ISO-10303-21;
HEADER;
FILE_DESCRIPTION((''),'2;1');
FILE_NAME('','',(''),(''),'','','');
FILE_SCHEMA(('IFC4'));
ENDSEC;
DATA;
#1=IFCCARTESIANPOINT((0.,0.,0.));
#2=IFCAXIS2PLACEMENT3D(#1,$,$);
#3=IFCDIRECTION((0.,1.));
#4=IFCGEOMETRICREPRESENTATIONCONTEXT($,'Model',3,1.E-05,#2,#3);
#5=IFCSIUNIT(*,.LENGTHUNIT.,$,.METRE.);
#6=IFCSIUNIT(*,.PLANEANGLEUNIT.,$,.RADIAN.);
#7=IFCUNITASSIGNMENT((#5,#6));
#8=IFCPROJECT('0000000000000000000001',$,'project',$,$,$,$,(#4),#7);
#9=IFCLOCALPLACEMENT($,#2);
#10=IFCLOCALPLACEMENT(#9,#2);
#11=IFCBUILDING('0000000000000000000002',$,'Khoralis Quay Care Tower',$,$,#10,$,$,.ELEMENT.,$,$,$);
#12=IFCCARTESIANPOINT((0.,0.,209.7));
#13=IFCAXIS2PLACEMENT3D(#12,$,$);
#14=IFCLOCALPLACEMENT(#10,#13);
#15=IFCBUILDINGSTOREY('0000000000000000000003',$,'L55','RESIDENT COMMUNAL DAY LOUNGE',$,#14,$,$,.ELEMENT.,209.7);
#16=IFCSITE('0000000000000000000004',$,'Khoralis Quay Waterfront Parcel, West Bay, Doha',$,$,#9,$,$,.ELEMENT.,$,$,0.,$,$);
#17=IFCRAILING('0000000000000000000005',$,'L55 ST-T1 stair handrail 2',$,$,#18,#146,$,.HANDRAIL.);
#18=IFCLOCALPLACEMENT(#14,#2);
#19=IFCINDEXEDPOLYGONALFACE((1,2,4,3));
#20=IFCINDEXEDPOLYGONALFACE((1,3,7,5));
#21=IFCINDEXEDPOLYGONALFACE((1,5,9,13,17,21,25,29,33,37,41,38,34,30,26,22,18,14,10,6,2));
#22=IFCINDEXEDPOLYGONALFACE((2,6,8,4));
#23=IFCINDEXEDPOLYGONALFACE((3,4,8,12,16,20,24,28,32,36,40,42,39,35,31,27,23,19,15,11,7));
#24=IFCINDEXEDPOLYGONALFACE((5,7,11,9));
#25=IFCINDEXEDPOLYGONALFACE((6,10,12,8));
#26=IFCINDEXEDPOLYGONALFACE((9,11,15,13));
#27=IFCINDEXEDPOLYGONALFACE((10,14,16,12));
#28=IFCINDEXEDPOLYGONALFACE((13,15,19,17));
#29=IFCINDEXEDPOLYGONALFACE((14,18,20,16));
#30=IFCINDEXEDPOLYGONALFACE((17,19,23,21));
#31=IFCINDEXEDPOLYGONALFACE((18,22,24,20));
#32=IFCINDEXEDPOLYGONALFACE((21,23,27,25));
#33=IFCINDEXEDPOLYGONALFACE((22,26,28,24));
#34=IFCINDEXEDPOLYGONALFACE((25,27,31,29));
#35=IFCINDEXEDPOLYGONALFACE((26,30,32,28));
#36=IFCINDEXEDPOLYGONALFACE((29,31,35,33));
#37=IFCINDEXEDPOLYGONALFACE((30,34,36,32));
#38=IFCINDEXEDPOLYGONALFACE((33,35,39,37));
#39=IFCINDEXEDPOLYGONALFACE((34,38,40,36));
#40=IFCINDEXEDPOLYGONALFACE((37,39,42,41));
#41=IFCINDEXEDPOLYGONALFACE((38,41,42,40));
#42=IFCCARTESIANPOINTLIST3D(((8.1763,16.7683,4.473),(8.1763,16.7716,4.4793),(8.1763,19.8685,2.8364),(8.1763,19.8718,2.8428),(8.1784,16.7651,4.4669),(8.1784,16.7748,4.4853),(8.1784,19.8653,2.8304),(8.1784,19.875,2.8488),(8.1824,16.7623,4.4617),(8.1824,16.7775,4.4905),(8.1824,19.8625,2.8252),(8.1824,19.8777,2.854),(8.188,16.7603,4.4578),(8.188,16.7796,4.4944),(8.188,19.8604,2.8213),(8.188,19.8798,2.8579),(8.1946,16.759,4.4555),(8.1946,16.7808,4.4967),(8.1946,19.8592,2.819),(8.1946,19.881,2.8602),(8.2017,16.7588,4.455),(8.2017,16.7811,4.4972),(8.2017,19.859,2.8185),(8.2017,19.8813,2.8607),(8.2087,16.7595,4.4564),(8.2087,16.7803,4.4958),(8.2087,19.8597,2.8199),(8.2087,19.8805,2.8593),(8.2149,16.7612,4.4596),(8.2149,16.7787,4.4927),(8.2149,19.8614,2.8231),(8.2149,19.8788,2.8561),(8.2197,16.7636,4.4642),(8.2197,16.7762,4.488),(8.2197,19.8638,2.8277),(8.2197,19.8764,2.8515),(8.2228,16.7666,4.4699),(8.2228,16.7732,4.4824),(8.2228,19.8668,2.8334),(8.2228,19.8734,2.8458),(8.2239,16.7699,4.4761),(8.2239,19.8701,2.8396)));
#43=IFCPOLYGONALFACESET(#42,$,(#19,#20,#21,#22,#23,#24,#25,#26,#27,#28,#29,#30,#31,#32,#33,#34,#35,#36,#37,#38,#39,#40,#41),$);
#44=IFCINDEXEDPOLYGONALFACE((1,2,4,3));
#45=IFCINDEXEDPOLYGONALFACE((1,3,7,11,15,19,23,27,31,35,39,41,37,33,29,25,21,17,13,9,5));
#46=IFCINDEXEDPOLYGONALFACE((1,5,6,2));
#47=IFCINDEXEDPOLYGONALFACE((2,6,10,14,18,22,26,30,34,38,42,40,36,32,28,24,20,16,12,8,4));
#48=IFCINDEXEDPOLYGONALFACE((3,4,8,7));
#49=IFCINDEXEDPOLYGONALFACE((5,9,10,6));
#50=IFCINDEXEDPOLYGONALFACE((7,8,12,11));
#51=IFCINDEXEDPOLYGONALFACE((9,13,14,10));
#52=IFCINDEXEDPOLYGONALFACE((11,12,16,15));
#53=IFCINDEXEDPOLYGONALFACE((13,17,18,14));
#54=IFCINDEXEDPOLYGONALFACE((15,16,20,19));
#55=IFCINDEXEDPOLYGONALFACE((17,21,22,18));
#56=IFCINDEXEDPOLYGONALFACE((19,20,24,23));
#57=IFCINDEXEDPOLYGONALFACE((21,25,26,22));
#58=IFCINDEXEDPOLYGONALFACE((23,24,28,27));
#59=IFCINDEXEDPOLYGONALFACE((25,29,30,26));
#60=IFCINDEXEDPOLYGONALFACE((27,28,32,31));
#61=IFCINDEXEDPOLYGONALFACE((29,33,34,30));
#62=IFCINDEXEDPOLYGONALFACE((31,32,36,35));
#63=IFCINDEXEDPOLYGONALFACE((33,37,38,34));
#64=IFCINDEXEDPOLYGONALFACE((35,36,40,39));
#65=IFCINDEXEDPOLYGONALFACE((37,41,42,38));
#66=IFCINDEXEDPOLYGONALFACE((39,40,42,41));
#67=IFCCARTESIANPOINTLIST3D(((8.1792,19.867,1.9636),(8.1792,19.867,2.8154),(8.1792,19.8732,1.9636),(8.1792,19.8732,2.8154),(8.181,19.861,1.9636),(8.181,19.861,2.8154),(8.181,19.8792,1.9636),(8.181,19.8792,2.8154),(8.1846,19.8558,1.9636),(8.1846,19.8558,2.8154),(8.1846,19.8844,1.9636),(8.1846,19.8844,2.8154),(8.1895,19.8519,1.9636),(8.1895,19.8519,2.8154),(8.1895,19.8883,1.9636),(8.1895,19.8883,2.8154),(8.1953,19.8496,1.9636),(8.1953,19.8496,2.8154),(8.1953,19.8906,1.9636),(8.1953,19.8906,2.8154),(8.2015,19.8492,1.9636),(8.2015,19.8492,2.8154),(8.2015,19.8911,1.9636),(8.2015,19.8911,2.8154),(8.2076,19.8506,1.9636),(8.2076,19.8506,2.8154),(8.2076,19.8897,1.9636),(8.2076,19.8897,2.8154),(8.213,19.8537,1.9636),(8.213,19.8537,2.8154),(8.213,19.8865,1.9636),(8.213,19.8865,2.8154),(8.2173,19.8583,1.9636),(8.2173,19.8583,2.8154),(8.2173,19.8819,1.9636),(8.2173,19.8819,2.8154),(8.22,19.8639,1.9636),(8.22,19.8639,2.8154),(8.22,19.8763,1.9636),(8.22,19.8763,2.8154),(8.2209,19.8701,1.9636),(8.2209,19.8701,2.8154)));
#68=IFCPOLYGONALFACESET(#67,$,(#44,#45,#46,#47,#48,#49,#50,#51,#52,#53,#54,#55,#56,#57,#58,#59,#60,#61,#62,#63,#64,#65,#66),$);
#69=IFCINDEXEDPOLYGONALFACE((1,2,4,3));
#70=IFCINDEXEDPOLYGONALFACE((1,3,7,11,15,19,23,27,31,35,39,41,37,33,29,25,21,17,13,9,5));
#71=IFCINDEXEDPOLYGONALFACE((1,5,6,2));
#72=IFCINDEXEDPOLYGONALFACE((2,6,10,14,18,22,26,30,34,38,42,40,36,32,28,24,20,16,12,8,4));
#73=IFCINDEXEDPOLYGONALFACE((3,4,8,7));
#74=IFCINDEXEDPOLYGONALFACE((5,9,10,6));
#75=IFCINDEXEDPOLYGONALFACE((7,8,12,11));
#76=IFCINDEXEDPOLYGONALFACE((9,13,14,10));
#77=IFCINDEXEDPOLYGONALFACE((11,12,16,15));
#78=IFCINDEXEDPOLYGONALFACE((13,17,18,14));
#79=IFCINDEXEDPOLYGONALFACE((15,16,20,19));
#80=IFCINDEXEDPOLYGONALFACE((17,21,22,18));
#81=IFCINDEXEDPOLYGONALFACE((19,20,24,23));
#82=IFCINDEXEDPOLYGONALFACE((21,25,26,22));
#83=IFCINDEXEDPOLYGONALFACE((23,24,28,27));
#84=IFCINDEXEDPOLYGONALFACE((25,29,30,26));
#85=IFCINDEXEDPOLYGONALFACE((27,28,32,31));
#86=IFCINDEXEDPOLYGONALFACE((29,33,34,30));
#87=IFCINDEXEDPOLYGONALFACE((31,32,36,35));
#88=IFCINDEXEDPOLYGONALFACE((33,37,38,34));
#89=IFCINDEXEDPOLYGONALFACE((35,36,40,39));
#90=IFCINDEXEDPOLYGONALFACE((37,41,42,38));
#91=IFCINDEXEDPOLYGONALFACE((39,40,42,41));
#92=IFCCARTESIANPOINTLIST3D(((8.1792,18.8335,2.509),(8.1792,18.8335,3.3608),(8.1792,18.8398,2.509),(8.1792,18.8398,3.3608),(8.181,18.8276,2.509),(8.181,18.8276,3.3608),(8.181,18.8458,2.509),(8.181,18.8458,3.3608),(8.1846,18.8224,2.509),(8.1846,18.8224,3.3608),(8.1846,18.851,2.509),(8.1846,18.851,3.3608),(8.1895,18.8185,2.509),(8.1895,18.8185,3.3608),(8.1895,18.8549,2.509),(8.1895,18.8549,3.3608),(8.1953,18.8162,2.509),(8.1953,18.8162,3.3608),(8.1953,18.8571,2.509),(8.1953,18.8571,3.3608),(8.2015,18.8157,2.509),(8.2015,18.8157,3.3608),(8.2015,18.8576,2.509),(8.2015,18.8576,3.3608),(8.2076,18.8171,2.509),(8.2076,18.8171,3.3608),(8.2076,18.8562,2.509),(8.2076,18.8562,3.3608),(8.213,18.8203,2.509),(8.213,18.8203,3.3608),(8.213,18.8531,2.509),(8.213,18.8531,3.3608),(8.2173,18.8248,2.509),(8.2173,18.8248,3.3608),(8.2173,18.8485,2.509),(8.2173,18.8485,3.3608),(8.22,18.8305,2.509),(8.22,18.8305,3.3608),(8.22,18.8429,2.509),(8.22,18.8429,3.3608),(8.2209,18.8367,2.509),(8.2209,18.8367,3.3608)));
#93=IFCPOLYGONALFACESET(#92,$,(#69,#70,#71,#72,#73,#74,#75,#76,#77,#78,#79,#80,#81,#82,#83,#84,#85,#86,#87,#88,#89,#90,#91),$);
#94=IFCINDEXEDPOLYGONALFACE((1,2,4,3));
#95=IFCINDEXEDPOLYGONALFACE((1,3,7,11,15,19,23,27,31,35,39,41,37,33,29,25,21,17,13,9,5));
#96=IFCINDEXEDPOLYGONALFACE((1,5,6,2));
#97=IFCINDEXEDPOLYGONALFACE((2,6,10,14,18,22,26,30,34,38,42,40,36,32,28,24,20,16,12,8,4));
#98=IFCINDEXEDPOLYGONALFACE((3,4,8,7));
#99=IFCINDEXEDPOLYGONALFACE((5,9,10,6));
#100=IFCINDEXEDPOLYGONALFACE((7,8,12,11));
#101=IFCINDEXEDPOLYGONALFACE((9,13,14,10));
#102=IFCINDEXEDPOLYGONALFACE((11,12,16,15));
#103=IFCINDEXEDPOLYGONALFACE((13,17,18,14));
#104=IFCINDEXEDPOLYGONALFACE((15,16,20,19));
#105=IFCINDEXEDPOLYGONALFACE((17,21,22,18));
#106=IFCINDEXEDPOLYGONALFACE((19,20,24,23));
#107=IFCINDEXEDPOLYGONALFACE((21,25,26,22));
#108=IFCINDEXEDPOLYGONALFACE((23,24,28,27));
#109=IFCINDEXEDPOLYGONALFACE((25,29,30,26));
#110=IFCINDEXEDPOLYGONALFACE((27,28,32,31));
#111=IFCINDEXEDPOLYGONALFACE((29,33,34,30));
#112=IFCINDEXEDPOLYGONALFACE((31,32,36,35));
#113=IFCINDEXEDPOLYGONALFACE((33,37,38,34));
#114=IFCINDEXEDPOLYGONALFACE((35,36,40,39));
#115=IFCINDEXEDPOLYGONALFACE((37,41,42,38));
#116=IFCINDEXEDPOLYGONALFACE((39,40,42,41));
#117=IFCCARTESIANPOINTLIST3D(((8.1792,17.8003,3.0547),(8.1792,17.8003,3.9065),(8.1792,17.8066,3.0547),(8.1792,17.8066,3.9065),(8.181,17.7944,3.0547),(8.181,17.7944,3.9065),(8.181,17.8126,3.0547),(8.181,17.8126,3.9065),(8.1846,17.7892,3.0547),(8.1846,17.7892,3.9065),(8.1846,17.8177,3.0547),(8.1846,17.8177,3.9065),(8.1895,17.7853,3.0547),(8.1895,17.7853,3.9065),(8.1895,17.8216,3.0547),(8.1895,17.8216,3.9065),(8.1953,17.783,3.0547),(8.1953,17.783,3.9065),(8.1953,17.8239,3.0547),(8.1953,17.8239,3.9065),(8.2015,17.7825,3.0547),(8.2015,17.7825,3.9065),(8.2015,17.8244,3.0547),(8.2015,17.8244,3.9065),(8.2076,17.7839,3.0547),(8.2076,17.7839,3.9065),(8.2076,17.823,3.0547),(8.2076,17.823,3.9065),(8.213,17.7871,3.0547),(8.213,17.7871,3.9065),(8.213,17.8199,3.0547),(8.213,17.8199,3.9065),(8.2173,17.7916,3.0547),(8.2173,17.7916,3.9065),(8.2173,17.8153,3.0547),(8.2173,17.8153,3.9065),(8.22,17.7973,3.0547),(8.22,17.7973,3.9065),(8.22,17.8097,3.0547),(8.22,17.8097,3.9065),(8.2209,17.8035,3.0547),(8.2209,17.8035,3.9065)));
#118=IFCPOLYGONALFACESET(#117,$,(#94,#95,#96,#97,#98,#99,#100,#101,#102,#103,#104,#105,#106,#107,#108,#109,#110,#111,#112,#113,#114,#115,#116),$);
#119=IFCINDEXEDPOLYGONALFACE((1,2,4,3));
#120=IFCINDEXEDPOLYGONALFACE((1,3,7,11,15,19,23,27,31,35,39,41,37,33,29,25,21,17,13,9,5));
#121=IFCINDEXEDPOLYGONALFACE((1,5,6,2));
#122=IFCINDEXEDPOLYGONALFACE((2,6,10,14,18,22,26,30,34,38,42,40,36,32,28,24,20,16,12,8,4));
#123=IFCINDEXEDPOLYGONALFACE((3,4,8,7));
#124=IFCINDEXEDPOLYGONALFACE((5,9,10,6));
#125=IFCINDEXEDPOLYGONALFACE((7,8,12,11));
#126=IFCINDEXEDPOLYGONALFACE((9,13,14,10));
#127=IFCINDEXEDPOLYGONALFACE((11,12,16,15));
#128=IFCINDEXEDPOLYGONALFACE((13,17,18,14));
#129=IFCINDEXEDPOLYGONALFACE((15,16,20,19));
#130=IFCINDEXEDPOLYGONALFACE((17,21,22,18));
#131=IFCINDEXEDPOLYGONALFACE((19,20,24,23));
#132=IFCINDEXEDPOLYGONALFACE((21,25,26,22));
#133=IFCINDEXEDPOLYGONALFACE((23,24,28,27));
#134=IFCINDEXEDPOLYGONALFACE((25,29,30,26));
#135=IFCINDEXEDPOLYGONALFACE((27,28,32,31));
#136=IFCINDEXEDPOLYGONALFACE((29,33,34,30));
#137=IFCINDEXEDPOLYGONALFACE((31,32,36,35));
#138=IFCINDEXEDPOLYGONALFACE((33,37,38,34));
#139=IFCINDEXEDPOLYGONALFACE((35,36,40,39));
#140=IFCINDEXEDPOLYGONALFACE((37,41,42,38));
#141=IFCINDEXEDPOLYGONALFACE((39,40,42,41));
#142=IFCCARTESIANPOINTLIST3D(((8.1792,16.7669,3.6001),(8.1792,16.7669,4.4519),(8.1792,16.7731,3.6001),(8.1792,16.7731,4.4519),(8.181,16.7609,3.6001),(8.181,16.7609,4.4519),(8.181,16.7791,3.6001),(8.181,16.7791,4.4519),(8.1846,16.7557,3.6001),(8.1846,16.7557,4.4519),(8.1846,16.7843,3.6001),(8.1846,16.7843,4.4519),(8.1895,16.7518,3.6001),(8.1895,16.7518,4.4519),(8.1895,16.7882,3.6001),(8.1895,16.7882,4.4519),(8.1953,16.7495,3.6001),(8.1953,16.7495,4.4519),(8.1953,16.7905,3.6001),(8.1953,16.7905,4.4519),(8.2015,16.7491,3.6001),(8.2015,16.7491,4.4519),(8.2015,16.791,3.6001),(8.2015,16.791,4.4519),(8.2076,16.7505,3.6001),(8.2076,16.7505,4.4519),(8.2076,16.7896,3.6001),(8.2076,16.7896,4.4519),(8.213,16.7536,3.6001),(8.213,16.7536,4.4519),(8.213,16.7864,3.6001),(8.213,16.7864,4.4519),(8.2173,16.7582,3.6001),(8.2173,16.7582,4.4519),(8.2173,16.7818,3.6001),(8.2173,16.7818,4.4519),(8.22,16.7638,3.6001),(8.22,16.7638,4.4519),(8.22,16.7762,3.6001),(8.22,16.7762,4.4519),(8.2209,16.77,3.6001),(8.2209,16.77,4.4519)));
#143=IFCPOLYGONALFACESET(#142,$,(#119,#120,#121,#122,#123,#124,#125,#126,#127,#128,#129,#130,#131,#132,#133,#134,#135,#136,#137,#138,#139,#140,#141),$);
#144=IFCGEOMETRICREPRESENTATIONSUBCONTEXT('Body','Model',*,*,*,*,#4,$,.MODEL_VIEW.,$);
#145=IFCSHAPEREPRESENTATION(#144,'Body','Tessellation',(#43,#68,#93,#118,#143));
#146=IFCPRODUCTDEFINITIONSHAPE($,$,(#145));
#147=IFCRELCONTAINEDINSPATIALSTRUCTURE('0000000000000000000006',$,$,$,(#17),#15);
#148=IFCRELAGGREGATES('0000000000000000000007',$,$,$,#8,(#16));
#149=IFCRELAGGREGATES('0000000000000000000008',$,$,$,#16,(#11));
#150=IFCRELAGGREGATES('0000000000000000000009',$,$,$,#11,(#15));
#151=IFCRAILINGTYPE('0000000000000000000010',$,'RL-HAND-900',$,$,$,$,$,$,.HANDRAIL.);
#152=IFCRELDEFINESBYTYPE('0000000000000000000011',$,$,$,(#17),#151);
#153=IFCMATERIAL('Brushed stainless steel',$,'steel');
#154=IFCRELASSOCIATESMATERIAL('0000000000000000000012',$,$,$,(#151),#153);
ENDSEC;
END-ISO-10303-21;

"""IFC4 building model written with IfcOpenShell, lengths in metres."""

from ifc_helpers import new_model, si_unit, direction, frame, origin, origin_2d, place, context, subcontext, project, spatial, circle, extrude, material, type_object, element, save


model = new_model("IFC4")

# Units and contexts
model_context = context("Model", 3, precision=1e-05, world=origin(), true_north=direction((0.0, 1.0)))
body_context = subcontext(model_context, "Body", "Model", "MODEL_VIEW")
ifc_project = project(units=[si_unit("LENGTHUNIT", "METRE"), si_unit("PLANEANGLEUNIT", "RADIAN")], contexts=[model_context])

# Site, building, storey
site_placement = place(None, origin())
site = spatial("IfcSite", under=ifc_project, at=site_placement, Name="Khoralis Quay Waterfront Parcel, West Bay, Doha", CompositionType="ELEMENT", RefElevation=0.0)
building_placement = place(site_placement, origin())
building = spatial("IfcBuilding", under=site, at=building_placement, Name="Khoralis Quay Care Tower", CompositionType="ELEMENT")
storey_placement = place(building_placement, frame((0.0, 0.0, 209.7)))
storey = spatial("IfcBuildingStorey", under=building, at=storey_placement, Name="L55", Description="RESIDENT COMMUNAL DAY LOUNGE", CompositionType="ELEMENT", Elevation=209.7)

# Shared definitions
ifc_material_1 = material(Name="Brushed stainless steel", Category="steel")

# Railing
railing_type_1 = type_object("IfcRailingType", Name="RL-HAND-900", PredefinedType="HANDRAIL", material=ifc_material_1)
railing_1_placement = place(storey_placement, frame((8.2, 19.8701, 1.9636)))
element("IfcRailing", 1, at=railing_1_placement, inside=storey, type_object=railing_type_1, Name="L55 ST-T1 stair handrail 2", PredefinedType="HANDRAIL", context=body_context, shape_type="SweptSolid", body=[
    extrude(circle(Radius=0.0239, at=origin_2d()), frame((0.0, 0.0, 0.876), z_axis=(0.0, -0.884348, 0.466828), x_axis=(1.0, 0.0, 0.0)), (0.0, 0.0, 1.0), 3.5056),
    extrude(circle(Radius=0.021, at=origin_2d()), origin(), (0.0, 0.0, 1.0), 0.8518),
    extrude(circle(Radius=0.021, at=origin_2d()), frame((0.0, -1.0334, 0.5454)), (0.0, 0.0, 1.0), 0.8518),
    extrude(circle(Radius=0.021, at=origin_2d()), frame((0.0, -2.0667, 1.0911)), (0.0, 0.0, 1.0), 0.8518),
    extrude(circle(Radius=0.021, at=origin_2d()), frame((0.0, -3.1001, 1.6365)), (0.0, 0.0, 1.0), 0.8518),
])

save(model, "model.ifc")
